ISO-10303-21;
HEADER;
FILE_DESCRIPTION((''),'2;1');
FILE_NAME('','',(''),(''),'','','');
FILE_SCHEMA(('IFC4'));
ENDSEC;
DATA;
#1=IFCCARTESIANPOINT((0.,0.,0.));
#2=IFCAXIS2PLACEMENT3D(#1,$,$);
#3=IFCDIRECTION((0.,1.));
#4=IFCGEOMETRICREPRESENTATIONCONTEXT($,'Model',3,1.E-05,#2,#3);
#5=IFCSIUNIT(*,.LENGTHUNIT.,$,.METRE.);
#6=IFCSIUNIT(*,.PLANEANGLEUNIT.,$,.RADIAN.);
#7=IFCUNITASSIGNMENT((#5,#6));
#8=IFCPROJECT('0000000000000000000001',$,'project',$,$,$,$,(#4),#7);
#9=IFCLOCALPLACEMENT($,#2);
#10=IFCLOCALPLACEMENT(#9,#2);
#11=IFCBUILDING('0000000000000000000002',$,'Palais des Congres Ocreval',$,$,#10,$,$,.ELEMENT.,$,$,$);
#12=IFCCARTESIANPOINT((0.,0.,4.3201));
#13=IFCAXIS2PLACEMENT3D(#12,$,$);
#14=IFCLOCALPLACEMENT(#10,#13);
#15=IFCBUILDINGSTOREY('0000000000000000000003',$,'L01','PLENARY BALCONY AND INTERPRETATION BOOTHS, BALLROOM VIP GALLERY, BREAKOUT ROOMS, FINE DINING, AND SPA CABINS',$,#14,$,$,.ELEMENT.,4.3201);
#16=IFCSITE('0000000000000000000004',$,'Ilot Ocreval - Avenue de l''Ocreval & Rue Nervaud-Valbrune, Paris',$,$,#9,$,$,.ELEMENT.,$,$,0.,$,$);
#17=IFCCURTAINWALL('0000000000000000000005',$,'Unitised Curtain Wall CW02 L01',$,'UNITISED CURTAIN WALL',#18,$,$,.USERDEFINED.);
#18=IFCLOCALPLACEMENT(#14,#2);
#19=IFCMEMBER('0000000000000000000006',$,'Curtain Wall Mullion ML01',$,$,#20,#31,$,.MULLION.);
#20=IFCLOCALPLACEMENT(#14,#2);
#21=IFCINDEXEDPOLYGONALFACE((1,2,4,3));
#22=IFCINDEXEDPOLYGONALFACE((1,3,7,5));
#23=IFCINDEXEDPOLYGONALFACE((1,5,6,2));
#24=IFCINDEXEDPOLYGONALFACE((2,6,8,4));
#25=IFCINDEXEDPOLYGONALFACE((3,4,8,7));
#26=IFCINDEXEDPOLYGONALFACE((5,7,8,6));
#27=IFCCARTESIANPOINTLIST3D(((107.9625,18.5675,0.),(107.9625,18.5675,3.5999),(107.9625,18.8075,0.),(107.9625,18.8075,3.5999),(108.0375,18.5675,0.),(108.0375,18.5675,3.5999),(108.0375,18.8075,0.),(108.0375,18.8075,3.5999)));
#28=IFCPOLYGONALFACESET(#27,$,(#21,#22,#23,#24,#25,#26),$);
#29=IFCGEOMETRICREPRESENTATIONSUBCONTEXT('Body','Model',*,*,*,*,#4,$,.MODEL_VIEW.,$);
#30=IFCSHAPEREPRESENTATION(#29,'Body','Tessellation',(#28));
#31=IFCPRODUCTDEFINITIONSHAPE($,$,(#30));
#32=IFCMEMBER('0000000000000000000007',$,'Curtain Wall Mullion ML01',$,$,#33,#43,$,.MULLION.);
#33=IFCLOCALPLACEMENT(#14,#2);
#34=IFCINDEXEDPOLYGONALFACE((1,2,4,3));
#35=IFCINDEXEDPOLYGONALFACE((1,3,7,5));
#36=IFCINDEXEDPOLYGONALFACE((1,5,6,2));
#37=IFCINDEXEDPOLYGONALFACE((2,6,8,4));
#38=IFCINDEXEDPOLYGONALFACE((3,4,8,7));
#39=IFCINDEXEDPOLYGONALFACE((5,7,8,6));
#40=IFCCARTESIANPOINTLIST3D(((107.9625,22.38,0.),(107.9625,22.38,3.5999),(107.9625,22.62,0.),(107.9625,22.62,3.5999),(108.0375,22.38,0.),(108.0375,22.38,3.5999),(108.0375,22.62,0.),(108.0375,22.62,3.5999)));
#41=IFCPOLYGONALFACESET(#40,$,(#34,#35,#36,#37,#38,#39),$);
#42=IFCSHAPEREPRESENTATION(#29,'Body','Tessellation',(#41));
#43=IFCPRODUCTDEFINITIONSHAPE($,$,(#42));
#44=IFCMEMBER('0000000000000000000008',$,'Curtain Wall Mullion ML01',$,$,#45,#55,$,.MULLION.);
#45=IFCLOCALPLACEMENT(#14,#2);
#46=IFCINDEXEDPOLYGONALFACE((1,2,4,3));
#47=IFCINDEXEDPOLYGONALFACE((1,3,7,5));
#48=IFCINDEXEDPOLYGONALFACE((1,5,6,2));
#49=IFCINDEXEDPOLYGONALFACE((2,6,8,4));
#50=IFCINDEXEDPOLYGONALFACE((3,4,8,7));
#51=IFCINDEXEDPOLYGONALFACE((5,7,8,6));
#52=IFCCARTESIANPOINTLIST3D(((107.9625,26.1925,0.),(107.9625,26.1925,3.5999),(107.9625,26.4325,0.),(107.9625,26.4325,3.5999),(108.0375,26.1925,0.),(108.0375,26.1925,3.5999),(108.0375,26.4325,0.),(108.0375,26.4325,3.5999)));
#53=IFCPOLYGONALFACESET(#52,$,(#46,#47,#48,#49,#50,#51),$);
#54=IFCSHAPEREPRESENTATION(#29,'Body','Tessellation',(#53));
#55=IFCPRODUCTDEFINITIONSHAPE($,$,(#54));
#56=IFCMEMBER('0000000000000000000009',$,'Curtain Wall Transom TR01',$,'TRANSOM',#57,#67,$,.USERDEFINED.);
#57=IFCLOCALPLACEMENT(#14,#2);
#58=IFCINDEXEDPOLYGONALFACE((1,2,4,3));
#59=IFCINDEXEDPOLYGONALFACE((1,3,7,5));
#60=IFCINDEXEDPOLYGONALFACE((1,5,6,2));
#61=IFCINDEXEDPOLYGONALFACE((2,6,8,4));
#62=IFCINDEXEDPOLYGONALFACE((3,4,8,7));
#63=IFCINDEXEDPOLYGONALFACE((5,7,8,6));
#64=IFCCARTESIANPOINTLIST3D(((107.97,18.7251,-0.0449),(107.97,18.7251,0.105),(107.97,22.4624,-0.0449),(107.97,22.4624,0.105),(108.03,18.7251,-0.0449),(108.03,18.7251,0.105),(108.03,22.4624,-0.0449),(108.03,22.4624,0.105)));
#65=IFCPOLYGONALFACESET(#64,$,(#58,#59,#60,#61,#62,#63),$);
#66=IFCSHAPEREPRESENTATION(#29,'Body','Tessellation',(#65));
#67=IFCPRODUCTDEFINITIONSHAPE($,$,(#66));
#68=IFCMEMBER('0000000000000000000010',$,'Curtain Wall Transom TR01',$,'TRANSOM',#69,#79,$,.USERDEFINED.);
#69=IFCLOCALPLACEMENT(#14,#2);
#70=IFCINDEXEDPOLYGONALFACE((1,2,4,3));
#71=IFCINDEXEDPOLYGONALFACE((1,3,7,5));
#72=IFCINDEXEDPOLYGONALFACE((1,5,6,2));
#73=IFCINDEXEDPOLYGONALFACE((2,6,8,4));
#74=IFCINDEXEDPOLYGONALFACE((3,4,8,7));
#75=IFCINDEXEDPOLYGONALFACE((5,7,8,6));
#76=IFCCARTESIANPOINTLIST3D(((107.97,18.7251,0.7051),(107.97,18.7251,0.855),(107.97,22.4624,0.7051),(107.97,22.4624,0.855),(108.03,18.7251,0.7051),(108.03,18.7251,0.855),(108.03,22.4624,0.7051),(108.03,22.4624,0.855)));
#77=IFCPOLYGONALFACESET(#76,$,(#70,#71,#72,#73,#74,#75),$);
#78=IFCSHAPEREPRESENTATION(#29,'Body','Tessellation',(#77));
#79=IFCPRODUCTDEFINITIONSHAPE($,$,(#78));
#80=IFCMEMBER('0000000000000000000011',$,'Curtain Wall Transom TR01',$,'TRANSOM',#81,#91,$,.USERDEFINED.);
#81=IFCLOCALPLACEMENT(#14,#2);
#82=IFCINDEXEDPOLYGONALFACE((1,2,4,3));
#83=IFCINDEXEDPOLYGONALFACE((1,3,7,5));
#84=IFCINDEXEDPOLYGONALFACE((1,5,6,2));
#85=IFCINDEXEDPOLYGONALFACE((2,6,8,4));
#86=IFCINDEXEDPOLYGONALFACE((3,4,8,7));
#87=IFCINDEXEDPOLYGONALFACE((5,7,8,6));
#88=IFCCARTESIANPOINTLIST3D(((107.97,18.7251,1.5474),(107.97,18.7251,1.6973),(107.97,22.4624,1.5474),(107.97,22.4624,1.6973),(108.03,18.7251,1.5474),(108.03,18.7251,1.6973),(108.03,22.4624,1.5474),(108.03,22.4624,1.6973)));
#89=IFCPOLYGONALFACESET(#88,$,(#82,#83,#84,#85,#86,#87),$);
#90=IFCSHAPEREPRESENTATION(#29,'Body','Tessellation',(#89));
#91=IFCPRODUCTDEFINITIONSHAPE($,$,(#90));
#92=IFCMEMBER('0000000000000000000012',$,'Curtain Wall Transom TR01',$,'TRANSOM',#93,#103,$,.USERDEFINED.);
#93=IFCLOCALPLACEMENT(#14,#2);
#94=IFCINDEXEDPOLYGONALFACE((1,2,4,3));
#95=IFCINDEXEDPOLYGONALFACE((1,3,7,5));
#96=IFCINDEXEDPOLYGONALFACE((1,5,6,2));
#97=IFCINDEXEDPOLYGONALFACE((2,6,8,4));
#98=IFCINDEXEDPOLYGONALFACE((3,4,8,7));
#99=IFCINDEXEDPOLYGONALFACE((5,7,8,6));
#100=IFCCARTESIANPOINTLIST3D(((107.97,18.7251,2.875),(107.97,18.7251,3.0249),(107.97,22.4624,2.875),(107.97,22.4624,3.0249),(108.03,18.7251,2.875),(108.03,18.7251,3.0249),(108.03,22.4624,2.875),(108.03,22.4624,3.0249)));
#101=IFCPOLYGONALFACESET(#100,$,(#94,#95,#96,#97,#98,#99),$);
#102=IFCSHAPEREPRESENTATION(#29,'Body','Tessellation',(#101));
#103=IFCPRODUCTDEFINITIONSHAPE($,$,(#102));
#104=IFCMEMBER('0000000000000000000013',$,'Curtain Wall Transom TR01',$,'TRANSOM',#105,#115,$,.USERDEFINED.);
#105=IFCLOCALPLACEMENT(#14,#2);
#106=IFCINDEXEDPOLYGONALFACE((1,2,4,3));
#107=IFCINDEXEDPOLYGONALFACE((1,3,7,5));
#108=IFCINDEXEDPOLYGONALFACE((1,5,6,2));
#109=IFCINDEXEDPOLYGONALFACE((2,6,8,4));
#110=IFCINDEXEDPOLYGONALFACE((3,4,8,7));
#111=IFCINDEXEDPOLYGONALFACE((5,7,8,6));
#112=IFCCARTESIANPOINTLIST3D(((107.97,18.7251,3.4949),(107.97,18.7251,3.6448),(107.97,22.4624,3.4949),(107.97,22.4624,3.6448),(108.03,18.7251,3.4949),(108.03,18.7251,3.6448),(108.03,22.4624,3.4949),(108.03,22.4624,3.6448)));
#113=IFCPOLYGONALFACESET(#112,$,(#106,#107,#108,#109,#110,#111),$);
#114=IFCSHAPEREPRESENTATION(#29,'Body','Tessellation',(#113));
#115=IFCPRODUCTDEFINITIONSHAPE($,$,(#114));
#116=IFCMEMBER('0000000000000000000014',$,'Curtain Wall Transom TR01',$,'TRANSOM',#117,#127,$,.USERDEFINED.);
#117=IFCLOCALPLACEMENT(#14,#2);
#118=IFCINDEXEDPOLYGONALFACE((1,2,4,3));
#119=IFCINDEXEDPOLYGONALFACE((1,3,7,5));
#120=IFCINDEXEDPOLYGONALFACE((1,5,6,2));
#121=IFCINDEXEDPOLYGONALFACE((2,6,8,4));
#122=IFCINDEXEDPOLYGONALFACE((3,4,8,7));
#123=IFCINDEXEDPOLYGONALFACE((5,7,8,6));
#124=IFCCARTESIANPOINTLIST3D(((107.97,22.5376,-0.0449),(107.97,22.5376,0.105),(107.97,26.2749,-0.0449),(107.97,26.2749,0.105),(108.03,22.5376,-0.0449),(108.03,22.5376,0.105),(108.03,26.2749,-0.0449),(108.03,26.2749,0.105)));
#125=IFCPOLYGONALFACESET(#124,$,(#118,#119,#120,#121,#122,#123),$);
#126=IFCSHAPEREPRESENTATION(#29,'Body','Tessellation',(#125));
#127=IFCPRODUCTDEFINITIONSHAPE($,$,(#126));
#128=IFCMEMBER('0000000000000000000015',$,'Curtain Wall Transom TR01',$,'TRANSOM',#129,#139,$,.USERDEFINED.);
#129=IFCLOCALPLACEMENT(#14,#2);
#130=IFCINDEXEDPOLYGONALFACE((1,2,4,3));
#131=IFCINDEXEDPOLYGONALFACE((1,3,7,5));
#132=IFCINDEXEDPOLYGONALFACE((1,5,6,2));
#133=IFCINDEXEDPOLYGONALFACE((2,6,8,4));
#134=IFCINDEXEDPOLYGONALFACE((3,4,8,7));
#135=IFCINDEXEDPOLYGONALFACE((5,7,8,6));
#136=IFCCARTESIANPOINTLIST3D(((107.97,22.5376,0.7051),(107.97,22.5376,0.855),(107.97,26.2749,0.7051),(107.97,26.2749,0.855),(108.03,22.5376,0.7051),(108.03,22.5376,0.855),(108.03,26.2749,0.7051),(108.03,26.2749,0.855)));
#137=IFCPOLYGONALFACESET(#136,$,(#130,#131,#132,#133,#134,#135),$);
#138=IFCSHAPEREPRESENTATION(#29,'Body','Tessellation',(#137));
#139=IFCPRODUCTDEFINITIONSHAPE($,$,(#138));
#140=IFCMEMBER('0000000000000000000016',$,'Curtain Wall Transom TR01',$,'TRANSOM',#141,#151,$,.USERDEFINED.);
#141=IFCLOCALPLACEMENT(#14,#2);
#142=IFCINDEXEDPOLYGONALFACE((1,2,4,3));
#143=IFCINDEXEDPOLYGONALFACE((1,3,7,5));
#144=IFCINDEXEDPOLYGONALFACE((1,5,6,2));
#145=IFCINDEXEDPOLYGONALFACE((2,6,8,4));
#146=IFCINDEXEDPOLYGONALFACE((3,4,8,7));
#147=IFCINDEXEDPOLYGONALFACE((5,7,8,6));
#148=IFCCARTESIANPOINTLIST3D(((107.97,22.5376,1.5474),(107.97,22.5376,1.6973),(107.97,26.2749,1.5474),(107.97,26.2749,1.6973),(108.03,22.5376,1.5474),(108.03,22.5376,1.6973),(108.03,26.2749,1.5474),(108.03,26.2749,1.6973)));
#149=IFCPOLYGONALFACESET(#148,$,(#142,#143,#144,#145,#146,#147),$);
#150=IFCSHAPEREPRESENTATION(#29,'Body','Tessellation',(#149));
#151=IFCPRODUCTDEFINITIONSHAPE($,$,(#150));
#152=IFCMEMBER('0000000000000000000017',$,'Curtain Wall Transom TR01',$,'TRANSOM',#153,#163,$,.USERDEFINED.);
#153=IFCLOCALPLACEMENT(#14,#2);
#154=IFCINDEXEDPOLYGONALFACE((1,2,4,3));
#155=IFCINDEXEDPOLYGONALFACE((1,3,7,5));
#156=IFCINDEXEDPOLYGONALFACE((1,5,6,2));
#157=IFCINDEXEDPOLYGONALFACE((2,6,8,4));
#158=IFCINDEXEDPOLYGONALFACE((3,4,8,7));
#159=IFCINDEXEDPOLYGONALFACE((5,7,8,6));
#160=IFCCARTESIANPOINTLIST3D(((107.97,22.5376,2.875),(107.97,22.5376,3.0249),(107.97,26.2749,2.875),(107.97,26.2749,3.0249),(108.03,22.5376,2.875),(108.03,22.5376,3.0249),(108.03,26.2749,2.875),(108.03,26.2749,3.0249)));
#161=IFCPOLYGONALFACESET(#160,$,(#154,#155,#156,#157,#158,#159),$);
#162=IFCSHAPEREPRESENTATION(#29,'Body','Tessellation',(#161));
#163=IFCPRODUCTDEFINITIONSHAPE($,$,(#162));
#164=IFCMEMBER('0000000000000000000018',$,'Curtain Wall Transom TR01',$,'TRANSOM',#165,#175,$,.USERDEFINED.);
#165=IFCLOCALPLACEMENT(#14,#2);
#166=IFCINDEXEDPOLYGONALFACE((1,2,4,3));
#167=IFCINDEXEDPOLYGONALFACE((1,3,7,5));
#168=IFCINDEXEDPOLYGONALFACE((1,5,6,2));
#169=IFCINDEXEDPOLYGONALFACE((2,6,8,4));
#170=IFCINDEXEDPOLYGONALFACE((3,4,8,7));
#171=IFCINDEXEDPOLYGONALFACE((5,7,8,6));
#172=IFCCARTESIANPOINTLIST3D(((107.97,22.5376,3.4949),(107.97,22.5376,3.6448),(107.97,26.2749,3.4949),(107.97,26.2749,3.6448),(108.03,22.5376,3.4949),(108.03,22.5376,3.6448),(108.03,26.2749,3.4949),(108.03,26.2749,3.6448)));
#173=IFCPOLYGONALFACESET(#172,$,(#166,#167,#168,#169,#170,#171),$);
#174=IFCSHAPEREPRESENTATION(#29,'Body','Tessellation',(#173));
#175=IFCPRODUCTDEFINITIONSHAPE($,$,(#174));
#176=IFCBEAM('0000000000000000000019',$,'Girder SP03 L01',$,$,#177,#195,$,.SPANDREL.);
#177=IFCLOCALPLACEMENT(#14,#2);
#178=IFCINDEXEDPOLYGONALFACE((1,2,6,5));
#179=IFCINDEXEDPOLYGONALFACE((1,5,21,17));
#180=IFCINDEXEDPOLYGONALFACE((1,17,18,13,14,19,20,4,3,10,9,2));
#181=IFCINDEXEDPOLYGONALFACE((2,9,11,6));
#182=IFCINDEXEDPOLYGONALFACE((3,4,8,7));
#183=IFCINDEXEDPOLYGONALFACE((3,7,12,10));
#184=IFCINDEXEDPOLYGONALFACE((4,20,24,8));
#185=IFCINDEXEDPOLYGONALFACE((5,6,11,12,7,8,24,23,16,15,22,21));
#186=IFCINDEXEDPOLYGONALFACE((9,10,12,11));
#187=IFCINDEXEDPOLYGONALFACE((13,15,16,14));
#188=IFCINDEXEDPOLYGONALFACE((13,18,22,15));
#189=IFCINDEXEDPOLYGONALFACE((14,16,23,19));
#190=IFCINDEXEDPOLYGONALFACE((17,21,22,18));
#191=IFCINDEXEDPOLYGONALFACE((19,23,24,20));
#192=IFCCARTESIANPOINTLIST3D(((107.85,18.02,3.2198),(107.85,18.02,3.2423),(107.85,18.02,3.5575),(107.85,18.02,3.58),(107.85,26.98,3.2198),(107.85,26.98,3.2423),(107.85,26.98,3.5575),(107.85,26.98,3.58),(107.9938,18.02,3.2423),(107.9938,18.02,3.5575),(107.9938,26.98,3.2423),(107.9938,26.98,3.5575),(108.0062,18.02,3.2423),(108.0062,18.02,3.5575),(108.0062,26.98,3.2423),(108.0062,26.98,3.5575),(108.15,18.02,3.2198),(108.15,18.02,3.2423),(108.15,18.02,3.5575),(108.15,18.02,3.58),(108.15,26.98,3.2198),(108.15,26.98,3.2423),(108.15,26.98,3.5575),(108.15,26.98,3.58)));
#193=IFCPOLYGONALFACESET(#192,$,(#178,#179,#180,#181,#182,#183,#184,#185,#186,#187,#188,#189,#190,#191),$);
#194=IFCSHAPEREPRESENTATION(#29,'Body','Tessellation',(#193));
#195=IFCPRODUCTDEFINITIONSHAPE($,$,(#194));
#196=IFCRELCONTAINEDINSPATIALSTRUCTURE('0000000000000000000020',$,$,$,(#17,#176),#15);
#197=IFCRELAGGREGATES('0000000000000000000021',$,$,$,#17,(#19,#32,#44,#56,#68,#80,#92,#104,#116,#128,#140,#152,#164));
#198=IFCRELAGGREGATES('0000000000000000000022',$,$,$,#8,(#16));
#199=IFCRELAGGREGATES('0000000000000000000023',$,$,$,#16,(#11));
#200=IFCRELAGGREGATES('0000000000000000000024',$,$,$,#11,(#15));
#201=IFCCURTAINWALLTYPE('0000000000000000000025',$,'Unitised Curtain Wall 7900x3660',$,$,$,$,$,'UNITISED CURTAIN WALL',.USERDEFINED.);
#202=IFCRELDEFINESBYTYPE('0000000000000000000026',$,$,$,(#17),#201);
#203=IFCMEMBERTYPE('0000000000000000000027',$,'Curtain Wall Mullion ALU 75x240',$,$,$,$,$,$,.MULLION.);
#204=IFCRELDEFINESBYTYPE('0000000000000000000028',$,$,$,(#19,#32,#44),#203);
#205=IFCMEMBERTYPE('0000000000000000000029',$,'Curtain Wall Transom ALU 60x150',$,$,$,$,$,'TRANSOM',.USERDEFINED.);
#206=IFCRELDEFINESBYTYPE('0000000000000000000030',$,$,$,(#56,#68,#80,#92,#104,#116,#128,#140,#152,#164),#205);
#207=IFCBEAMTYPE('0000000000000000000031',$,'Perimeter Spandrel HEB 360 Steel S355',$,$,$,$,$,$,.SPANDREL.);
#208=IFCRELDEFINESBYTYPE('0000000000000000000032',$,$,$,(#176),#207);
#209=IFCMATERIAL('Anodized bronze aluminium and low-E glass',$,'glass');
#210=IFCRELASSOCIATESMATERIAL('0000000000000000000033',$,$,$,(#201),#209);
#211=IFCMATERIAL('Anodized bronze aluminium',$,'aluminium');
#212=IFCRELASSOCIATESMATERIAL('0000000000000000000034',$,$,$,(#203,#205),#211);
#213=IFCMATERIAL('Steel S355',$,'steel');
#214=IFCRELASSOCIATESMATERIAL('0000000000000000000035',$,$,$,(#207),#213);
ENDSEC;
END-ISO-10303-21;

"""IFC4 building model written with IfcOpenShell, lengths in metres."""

from ifc_helpers import new_model, si_unit, direction, frame, origin, origin_2d, place, context, subcontext, project, spatial, rectangle, i_section, extrude, material, material_profile, profile_set, type_object, element, aggregate, save


model = new_model("IFC4")

# Units and contexts
model_context = context("Model", 3, precision=1e-05, world=origin(), true_north=direction((0.0, 1.0)))
body_context = subcontext(model_context, "Body", "Model", "MODEL_VIEW")
ifc_project = project(units=[si_unit("LENGTHUNIT", "METRE"), si_unit("PLANEANGLEUNIT", "RADIAN")], contexts=[model_context])

# Site, building, storey
site_placement = place(None, origin())
site = spatial("IfcSite", under=ifc_project, at=site_placement, Name="Ilot Ocreval - Avenue de l'Ocreval & Rue Nervaud-Valbrune, Paris", CompositionType="ELEMENT", RefElevation=0.0)
building_placement = place(site_placement, origin())
building = spatial("IfcBuilding", under=site, at=building_placement, Name="Palais des Congres Ocreval", CompositionType="ELEMENT")
storey_placement = place(building_placement, frame((0.0, 0.0, 4.3201)))
storey = spatial("IfcBuildingStorey", under=building, at=storey_placement, Name="L01", Description="PLENARY BALCONY AND INTERPRETATION BOOTHS, BALLROOM VIP GALLERY, BREAKOUT ROOMS, FINE DINING, AND SPA CABINS", CompositionType="ELEMENT", Elevation=4.3201)

# Curtain wall, members
ifc_material_1 = material(Name="Anodized bronze aluminium and low-E glass", Category="glass")
curtain_wall_type = type_object("IfcCurtainWallType", Name="Unitised Curtain Wall 7900x3660", ElementType="UNITISED CURTAIN WALL", PredefinedType="USERDEFINED", material=ifc_material_1)
curtain_wall_placement = place(storey_placement, origin())
curtain_wall = element("IfcCurtainWall", 1, at=curtain_wall_placement, inside=storey, type_object=curtain_wall_type, Name="Unitised Curtain Wall CW02 L01", ObjectType="UNITISED CURTAIN WALL", PredefinedType="USERDEFINED")
ifc_material_2 = material(Name="Anodized bronze aluminium", Category="aluminium")
ifc_material_profile_1 = material_profile(ifc_material_2, rectangle(XDim=0.075, YDim=0.24, at=origin_2d()), Name="ALU 75x240")
ifc_profile_set_1 = profile_set([ifc_material_profile_1], Name="Anodized bronze aluminium")
member_type_1 = type_object("IfcMemberType", Name="Curtain Wall Mullion ALU 75x240", PredefinedType="MULLION", material=ifc_profile_set_1)
member_1_placement = place(storey_placement, frame((108.0, 18.6875, 0.0), z_axis=(0.0, 0.0, 1.0), x_axis=(-1.0, 0.0, 0.0)))
member_1 = element("IfcMember", 2, at=member_1_placement, type_object=member_type_1, Name="Curtain Wall Mullion ML01", PredefinedType="MULLION", context=body_context, shape_type="SweptSolid", body=[
    extrude(rectangle(XDim=0.075, YDim=0.24, at=origin_2d()), origin(), (0.0, 0.0, 1.0), 3.5999),
])
member_2_placement = place(storey_placement, frame((108.0, 22.5, 0.0), z_axis=(0.0, 0.0, 1.0), x_axis=(-1.0, 0.0, 0.0)))
member_2 = element("IfcMember", 3, at=member_2_placement, type_object=member_type_1, Name="Curtain Wall Mullion ML01", PredefinedType="MULLION", context=body_context, shape_type="SweptSolid", body=[
    extrude(rectangle(XDim=0.075, YDim=0.24, at=origin_2d()), origin(), (0.0, 0.0, 1.0), 3.5999),
])
member_3_placement = place(storey_placement, frame((108.0, 26.3125, 0.0), z_axis=(0.0, 0.0, 1.0), x_axis=(-1.0, 0.0, 0.0)))
member_3 = element("IfcMember", 4, at=member_3_placement, type_object=member_type_1, Name="Curtain Wall Mullion ML01", PredefinedType="MULLION", context=body_context, shape_type="SweptSolid", body=[
    extrude(rectangle(XDim=0.075, YDim=0.24, at=origin_2d()), origin(), (0.0, 0.0, 1.0), 3.5999),
])
ifc_material_profile_2 = material_profile(ifc_material_2, rectangle(XDim=0.0601, YDim=0.1499, at=origin_2d()), Name="ALU 60x150")
ifc_profile_set_2 = profile_set([ifc_material_profile_2], Name="Anodized bronze aluminium")
member_type_2 = type_object("IfcMemberType", Name="Curtain Wall Transom ALU 60x150", ElementType="TRANSOM", PredefinedType="USERDEFINED", material=ifc_profile_set_2)
member_4_placement = place(storey_placement, frame((108.0, 18.7251, 0.03), z_axis=(0.0, 1.0, 0.0), x_axis=(-1.0, 0.0, 0.0)))
member_4 = element("IfcMember", 5, at=member_4_placement, type_object=member_type_2, Name="Curtain Wall Transom TR01", ObjectType="TRANSOM", PredefinedType="USERDEFINED", context=body_context, shape_type="SweptSolid", body=[
    extrude(rectangle(XDim=0.0601, YDim=0.1499, at=origin_2d()), origin(), (0.0, 0.0, 1.0), 3.7373),
])
member_5_placement = place(storey_placement, frame((108.0, 18.7251, 0.78), z_axis=(0.0, 1.0, 0.0), x_axis=(-1.0, 0.0, 0.0)))
member_5 = element("IfcMember", 6, at=member_5_placement, type_object=member_type_2, Name="Curtain Wall Transom TR01", ObjectType="TRANSOM", PredefinedType="USERDEFINED", context=body_context, shape_type="SweptSolid", body=[
    extrude(rectangle(XDim=0.0601, YDim=0.1499, at=origin_2d()), origin(), (0.0, 0.0, 1.0), 3.7373),
])
member_6_placement = place(storey_placement, frame((108.0, 18.7251, 1.6223), z_axis=(0.0, 1.0, 0.0), x_axis=(-1.0, 0.0, 0.0)))
member_6 = element("IfcMember", 7, at=member_6_placement, type_object=member_type_2, Name="Curtain Wall Transom TR01", ObjectType="TRANSOM", PredefinedType="USERDEFINED", context=body_context, shape_type="SweptSolid", body=[
    extrude(rectangle(XDim=0.0601, YDim=0.1499, at=origin_2d()), origin(), (0.0, 0.0, 1.0), 3.7373),
])
member_7_placement = place(storey_placement, frame((108.0, 18.7251, 2.95), z_axis=(0.0, 1.0, 0.0), x_axis=(-1.0, 0.0, 0.0)))
member_7 = element("IfcMember", 8, at=member_7_placement, type_object=member_type_2, Name="Curtain Wall Transom TR01", ObjectType="TRANSOM", PredefinedType="USERDEFINED", context=body_context, shape_type="SweptSolid", body=[
    extrude(rectangle(XDim=0.0601, YDim=0.1499, at=origin_2d()), origin(), (0.0, 0.0, 1.0), 3.7373),
])
member_8_placement = place(storey_placement, frame((108.0, 18.7251, 3.5698), z_axis=(0.0, 1.0, 0.0), x_axis=(-1.0, 0.0, 0.0)))
member_8 = element("IfcMember", 9, at=member_8_placement, type_object=member_type_2, Name="Curtain Wall Transom TR01", ObjectType="TRANSOM", PredefinedType="USERDEFINED", context=body_context, shape_type="SweptSolid", body=[
    extrude(rectangle(XDim=0.0601, YDim=0.1499, at=origin_2d()), origin(), (0.0, 0.0, 1.0), 3.7373),
])
member_9_placement = place(storey_placement, frame((108.0, 22.5376, 0.03), z_axis=(0.0, 1.0, 0.0), x_axis=(-1.0, 0.0, 0.0)))
member_9 = element("IfcMember", 10, at=member_9_placement, type_object=member_type_2, Name="Curtain Wall Transom TR01", ObjectType="TRANSOM", PredefinedType="USERDEFINED", context=body_context, shape_type="SweptSolid", body=[
    extrude(rectangle(XDim=0.0601, YDim=0.1499, at=origin_2d()), origin(), (0.0, 0.0, 1.0), 3.7373),
])
member_10_placement = place(storey_placement, frame((108.0, 22.5376, 0.78), z_axis=(0.0, 1.0, 0.0), x_axis=(-1.0, 0.0, 0.0)))
member_10 = element("IfcMember", 11, at=member_10_placement, type_object=member_type_2, Name="Curtain Wall Transom TR01", ObjectType="TRANSOM", PredefinedType="USERDEFINED", context=body_context, shape_type="SweptSolid", body=[
    extrude(rectangle(XDim=0.0601, YDim=0.1499, at=origin_2d()), origin(), (0.0, 0.0, 1.0), 3.7373),
])
member_11_placement = place(storey_placement, frame((108.0, 22.5376, 1.6223), z_axis=(0.0, 1.0, 0.0), x_axis=(-1.0, 0.0, 0.0)))
member_11 = element("IfcMember", 12, at=member_11_placement, type_object=member_type_2, Name="Curtain Wall Transom TR01", ObjectType="TRANSOM", PredefinedType="USERDEFINED", context=body_context, shape_type="SweptSolid", body=[
    extrude(rectangle(XDim=0.0601, YDim=0.1499, at=origin_2d()), origin(), (0.0, 0.0, 1.0), 3.7373),
])
member_12_placement = place(storey_placement, frame((108.0, 22.5376, 2.95), z_axis=(0.0, 1.0, 0.0), x_axis=(-1.0, 0.0, 0.0)))
member_12 = element("IfcMember", 13, at=member_12_placement, type_object=member_type_2, Name="Curtain Wall Transom TR01", ObjectType="TRANSOM", PredefinedType="USERDEFINED", context=body_context, shape_type="SweptSolid", body=[
    extrude(rectangle(XDim=0.0601, YDim=0.1499, at=origin_2d()), origin(), (0.0, 0.0, 1.0), 3.7373),
])
member_13_placement = place(storey_placement, frame((108.0, 22.5376, 3.5698), z_axis=(0.0, 1.0, 0.0), x_axis=(-1.0, 0.0, 0.0)))
member_13 = element("IfcMember", 14, at=member_13_placement, type_object=member_type_2, Name="Curtain Wall Transom TR01", ObjectType="TRANSOM", PredefinedType="USERDEFINED", context=body_context, shape_type="SweptSolid", body=[
    extrude(rectangle(XDim=0.0601, YDim=0.1499, at=origin_2d()), origin(), (0.0, 0.0, 1.0), 3.7373),
])

# Beam
ifc_material_3 = material(Name="Steel S355", Category="steel")
ifc_material_profile_3 = material_profile(ifc_material_3, i_section(OverallWidth=0.3, OverallDepth=0.3601, WebThickness=0.0125, FlangeThickness=0.0225, at=origin_2d()), Name="HEB 360")
ifc_profile_set_3 = profile_set([ifc_material_profile_3], Name="Steel S355")
beam_type = type_object("IfcBeamType", Name="Perimeter Spandrel HEB 360 Steel S355", PredefinedType="SPANDREL", material=ifc_profile_set_3)
beam_placement = place(storey_placement, frame((108.0, 18.02, 3.3999), z_axis=(0.0, 1.0, 0.0), x_axis=(-1.0, 0.0, 0.0)))
element("IfcBeam", 15, at=beam_placement, inside=storey, type_object=beam_type, Name="Girder SP03 L01", PredefinedType="SPANDREL", context=body_context, shape_type="SweptSolid", body=[
    extrude(i_section(OverallWidth=0.3, OverallDepth=0.3601, WebThickness=0.0125, FlangeThickness=0.0225, at=origin_2d()), origin(), (0.0, 0.0, 1.0), 8.96),
])

aggregate(curtain_wall, [member_1, member_2, member_3, member_4, member_5, member_6, member_7, member_8, member_9, member_10, member_11, member_12, member_13])

save(model, "model.ifc")
